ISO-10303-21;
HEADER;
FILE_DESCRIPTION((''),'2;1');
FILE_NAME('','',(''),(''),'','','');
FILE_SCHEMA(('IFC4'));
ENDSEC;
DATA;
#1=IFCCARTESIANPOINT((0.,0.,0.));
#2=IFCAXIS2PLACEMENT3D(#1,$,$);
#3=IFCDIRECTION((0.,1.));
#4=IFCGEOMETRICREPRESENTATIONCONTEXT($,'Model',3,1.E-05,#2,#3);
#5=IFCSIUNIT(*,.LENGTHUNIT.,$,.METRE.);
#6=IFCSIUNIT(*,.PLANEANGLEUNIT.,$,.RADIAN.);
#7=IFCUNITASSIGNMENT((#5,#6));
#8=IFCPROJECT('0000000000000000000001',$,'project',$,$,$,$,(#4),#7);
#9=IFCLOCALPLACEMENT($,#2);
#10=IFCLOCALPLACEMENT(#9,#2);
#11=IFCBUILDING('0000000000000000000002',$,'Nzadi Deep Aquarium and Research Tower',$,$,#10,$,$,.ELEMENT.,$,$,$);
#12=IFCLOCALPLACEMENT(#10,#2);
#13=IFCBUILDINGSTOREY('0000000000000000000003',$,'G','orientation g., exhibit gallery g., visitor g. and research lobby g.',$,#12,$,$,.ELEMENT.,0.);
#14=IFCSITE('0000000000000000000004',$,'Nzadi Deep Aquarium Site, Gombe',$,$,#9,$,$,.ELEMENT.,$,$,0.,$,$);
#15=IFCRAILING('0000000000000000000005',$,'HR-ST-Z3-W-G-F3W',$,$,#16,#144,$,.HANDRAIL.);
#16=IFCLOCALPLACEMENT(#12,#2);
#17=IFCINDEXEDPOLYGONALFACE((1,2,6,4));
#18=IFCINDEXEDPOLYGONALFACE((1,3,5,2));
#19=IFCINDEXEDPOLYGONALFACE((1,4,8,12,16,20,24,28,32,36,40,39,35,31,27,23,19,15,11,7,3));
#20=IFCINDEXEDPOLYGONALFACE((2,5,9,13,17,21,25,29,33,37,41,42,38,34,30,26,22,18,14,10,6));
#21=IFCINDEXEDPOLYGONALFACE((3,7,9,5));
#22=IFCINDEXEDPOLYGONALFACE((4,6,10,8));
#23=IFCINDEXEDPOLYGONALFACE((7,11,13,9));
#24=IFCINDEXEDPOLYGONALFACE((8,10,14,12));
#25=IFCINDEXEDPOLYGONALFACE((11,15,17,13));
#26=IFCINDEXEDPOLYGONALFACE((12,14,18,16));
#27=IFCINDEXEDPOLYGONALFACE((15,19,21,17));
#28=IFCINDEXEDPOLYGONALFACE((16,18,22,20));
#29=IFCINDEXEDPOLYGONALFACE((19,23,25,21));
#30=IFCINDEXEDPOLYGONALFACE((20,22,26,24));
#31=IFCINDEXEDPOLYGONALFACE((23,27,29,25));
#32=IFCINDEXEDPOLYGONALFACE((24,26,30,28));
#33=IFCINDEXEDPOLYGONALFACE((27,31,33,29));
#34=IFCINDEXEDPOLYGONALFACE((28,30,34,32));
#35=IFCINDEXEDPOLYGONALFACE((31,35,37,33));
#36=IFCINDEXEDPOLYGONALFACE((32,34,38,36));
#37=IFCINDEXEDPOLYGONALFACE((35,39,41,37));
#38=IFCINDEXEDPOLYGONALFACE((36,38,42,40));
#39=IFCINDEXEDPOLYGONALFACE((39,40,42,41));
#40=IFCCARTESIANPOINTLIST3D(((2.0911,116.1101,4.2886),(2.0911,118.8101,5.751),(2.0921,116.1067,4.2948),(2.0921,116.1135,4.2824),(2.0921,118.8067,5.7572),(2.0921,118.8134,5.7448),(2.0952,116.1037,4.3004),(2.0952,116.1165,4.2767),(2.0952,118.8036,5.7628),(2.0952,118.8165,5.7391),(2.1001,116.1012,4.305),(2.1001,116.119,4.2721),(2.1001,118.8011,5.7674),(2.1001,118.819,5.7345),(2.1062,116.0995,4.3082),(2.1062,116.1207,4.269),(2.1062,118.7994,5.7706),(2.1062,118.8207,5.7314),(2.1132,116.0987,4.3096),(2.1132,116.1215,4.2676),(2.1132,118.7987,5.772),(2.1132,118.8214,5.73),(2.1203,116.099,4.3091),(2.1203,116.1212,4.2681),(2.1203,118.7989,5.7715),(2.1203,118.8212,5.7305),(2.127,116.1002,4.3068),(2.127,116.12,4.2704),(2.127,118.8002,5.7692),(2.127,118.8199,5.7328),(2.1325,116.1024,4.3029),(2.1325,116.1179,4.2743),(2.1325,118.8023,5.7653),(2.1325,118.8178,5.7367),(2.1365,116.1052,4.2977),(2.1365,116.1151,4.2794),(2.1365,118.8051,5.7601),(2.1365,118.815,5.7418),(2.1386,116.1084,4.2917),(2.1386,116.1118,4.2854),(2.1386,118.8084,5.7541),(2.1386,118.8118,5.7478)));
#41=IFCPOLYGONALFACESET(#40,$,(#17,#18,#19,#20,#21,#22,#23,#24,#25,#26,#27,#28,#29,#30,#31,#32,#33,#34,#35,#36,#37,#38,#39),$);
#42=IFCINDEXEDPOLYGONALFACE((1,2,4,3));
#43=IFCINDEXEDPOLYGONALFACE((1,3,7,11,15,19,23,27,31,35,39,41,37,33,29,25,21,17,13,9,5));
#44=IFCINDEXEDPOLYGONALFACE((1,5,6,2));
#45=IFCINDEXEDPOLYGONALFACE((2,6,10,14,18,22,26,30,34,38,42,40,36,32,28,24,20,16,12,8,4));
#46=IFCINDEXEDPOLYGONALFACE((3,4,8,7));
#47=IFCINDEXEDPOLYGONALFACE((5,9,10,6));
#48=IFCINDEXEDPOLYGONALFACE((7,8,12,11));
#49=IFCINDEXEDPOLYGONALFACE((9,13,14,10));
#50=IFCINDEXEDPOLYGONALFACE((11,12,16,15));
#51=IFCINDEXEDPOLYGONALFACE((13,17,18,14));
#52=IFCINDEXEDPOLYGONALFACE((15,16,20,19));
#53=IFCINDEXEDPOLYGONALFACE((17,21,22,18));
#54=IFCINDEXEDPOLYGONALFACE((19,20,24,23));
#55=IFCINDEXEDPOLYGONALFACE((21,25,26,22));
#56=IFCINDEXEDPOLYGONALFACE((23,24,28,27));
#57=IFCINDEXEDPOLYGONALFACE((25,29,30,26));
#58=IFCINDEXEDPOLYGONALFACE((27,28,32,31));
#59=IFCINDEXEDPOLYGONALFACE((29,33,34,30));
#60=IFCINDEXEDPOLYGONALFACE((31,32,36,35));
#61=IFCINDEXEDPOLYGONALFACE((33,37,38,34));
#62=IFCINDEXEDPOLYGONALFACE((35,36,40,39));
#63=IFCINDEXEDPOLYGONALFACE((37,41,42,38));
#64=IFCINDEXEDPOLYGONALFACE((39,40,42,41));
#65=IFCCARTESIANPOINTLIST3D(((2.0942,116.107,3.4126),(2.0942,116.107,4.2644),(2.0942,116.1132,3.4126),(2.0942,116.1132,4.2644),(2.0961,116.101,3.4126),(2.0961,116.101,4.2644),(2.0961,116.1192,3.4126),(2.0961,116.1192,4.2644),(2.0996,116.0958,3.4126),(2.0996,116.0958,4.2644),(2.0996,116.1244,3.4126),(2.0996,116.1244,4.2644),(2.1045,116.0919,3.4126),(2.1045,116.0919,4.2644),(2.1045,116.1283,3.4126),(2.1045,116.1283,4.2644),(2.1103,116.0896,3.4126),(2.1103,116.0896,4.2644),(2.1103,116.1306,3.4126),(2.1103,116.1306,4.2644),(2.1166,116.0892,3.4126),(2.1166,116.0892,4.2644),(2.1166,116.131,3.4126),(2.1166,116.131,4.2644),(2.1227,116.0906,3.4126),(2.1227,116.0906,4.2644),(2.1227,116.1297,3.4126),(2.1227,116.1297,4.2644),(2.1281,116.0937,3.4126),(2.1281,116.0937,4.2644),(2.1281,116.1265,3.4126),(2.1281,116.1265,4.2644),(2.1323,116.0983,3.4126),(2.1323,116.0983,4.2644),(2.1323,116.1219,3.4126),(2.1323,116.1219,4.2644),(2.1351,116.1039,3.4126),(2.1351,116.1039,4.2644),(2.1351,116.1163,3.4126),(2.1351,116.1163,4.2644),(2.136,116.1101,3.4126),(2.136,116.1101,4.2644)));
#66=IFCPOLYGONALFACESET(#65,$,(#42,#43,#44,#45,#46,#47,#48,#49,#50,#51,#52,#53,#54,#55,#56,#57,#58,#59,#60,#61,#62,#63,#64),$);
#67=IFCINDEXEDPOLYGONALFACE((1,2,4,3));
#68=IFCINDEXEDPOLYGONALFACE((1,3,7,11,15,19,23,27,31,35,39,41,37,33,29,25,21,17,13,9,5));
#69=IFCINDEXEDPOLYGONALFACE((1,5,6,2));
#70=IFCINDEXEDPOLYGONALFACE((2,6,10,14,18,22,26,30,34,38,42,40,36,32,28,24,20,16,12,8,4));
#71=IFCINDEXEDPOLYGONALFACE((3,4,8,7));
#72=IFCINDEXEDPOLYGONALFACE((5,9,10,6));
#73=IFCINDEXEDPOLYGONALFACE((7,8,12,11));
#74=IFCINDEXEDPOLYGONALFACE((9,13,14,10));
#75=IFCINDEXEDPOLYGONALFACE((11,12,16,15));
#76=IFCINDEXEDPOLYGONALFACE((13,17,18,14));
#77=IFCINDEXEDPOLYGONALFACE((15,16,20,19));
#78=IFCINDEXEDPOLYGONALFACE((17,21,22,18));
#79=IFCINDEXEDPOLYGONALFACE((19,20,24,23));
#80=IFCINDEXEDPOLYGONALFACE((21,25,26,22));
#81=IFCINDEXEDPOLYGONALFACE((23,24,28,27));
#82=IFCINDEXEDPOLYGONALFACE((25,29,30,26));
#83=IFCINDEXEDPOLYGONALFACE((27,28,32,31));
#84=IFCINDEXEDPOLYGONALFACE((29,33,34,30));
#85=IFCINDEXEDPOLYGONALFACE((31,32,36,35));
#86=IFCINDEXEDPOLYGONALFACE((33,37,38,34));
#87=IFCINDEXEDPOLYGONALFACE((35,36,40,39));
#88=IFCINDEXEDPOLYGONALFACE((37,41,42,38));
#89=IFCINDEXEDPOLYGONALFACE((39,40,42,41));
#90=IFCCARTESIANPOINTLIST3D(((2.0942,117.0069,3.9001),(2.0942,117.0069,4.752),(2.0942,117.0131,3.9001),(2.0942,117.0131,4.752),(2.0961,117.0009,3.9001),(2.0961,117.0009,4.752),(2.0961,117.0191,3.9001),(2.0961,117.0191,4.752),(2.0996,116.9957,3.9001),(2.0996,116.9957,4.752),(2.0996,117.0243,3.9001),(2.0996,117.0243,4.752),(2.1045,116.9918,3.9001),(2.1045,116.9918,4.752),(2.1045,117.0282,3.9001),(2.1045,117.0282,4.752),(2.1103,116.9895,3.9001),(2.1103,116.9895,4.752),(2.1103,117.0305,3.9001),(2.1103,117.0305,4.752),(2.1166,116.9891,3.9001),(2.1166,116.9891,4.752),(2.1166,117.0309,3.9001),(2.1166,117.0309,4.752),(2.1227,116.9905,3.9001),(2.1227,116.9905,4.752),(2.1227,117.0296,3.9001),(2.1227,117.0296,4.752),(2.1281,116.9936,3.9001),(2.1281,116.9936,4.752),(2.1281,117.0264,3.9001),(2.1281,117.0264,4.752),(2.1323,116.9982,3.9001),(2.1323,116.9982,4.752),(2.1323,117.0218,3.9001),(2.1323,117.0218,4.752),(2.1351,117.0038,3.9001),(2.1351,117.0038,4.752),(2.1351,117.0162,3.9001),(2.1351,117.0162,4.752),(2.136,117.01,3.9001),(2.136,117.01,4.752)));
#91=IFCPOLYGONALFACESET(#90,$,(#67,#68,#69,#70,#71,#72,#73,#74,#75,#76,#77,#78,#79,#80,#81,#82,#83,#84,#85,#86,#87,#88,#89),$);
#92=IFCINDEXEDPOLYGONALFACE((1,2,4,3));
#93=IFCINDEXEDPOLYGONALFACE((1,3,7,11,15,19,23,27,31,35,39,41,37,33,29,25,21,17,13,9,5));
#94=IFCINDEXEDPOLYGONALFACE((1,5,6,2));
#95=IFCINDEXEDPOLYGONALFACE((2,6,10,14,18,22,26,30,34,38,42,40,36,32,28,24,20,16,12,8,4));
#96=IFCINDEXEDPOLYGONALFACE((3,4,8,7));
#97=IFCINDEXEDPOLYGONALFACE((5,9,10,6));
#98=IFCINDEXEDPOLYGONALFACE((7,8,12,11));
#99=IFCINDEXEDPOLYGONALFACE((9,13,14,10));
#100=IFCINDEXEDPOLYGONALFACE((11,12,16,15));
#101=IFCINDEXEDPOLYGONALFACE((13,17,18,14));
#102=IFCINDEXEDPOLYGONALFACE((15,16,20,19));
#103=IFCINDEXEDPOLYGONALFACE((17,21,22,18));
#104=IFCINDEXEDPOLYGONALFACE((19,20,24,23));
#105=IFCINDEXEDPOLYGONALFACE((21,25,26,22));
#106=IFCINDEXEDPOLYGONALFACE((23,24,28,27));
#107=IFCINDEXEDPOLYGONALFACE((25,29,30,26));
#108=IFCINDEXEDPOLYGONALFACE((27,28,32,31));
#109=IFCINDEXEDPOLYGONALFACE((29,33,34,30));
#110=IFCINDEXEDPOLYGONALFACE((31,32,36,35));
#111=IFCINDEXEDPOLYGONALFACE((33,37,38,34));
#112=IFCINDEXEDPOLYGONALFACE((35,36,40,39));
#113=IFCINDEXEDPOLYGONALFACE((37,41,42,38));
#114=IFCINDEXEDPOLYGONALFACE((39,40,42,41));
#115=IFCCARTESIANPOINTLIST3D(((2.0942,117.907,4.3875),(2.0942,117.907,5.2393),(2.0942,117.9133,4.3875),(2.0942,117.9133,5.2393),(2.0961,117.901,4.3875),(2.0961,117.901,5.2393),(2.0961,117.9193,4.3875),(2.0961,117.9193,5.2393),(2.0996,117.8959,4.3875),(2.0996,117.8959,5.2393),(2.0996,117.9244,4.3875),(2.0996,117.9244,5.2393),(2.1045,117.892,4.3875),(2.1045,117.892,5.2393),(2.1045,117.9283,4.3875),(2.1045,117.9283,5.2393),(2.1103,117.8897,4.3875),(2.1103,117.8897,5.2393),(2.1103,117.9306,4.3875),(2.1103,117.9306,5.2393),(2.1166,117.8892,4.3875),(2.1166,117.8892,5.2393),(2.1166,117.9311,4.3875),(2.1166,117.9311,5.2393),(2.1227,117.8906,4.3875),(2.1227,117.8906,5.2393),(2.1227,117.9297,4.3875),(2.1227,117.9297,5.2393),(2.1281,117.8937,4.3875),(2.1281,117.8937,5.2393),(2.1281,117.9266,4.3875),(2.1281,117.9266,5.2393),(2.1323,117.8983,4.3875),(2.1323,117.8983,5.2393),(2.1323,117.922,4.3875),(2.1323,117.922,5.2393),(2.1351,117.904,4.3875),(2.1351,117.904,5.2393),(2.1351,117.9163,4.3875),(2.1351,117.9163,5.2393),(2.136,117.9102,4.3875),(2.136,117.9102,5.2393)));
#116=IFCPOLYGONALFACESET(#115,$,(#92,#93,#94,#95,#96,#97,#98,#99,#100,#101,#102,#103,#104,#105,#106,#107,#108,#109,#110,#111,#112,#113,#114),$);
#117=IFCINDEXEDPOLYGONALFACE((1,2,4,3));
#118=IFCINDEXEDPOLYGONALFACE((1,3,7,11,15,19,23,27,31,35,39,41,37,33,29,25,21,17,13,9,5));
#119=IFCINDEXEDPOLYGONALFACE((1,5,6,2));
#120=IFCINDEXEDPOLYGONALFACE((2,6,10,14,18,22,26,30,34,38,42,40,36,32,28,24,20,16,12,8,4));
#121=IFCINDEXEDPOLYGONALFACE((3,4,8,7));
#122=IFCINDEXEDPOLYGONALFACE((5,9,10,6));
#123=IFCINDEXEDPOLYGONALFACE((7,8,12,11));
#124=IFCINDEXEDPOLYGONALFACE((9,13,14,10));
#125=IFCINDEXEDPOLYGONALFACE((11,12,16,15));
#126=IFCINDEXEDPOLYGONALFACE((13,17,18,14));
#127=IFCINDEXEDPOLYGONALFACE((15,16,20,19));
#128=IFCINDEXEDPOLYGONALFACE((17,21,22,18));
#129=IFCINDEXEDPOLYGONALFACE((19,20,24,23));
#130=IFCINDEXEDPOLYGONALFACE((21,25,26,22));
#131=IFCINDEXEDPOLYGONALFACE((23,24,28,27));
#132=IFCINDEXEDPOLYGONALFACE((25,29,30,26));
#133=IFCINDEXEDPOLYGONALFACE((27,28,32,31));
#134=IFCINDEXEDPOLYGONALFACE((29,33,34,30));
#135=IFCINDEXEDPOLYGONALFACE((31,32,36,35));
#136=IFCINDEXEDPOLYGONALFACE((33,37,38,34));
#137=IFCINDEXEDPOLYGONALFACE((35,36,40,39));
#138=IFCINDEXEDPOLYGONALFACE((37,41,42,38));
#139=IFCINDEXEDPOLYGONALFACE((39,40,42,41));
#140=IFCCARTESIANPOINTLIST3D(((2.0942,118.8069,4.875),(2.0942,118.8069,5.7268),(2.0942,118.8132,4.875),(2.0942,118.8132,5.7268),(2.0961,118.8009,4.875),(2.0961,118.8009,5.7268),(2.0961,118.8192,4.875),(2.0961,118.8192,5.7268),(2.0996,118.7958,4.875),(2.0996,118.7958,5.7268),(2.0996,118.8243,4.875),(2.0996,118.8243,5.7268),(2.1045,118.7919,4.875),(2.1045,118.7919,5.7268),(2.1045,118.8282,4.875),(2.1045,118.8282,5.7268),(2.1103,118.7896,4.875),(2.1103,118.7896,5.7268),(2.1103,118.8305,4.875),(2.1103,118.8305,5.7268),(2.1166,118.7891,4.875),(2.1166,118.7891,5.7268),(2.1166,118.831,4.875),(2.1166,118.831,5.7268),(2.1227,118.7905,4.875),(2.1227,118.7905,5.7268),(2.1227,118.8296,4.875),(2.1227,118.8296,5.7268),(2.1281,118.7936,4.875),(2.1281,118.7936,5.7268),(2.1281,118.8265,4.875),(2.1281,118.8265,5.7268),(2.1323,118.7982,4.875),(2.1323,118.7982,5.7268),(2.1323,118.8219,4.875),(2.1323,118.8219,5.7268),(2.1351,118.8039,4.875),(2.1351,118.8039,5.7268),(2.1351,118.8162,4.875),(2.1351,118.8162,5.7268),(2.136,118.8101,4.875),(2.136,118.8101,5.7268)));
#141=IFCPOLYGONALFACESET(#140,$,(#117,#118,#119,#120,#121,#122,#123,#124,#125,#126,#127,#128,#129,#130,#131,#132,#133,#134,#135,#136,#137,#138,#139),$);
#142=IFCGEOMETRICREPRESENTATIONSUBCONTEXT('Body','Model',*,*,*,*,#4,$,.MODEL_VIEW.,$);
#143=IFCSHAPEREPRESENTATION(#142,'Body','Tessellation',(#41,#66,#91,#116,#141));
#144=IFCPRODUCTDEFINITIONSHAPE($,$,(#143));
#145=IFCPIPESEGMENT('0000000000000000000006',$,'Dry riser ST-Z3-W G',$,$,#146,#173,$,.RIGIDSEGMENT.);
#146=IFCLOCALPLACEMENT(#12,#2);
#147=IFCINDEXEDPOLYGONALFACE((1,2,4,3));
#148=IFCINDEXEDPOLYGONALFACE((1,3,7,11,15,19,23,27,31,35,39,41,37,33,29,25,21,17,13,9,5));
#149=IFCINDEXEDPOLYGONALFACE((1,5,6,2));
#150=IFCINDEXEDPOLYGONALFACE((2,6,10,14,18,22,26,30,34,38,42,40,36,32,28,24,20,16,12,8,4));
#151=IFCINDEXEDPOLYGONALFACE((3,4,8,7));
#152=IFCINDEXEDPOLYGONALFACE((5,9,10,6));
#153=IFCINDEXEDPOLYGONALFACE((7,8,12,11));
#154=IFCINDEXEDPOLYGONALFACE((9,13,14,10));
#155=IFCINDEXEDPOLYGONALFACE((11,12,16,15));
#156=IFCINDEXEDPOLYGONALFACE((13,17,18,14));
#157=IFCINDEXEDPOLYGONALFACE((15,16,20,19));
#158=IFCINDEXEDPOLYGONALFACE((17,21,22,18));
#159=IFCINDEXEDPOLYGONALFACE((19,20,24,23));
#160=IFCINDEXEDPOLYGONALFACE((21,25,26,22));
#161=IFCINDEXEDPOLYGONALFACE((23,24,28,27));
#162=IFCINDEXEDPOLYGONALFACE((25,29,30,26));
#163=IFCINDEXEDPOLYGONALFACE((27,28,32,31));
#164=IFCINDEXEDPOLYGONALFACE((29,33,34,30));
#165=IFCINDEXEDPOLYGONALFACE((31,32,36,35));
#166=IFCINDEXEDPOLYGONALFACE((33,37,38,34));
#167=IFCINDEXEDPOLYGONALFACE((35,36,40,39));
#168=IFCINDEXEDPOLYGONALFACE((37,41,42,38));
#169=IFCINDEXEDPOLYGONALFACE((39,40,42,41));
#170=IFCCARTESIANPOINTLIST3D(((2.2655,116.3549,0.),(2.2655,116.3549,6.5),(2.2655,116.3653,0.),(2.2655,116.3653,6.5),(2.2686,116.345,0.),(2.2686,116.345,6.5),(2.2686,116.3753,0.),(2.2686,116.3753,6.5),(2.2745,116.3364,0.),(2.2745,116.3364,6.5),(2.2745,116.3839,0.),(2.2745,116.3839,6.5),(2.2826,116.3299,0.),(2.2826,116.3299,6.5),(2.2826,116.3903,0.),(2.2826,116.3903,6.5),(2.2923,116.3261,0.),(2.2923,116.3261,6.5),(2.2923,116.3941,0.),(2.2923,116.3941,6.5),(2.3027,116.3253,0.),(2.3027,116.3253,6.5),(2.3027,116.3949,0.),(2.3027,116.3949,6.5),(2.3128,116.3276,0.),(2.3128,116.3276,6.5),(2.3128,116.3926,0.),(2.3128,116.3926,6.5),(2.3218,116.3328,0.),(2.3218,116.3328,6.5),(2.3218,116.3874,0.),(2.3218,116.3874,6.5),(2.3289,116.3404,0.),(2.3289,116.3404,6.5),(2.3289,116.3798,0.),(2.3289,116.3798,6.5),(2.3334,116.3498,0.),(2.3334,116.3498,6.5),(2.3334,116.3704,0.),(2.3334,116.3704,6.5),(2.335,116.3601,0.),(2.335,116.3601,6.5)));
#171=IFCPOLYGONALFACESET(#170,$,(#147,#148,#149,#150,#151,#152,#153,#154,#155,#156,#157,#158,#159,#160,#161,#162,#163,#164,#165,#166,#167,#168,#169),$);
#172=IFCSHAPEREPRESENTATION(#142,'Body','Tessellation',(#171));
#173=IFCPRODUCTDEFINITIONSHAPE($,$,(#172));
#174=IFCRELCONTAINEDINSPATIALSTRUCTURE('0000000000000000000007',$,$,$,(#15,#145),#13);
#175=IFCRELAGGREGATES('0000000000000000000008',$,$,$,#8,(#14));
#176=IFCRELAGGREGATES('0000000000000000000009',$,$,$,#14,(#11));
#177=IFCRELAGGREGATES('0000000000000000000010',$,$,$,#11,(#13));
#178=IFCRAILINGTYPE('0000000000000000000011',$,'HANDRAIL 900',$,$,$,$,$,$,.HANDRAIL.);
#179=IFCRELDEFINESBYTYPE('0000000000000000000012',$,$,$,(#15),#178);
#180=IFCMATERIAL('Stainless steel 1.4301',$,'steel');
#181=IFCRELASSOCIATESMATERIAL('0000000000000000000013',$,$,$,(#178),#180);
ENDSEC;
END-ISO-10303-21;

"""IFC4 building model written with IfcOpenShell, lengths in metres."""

from ifc_helpers import new_model, si_unit, direction, frame, origin, origin_2d, place, context, subcontext, project, spatial, circle, extrude, material, type_object, element, save


model = new_model("IFC4")

# Units and contexts
model_context = context("Model", 3, precision=1e-05, world=origin(), true_north=direction((0.0, 1.0)))
body_context = subcontext(model_context, "Body", "Model", "MODEL_VIEW")
ifc_project = project(units=[si_unit("LENGTHUNIT", "METRE"), si_unit("PLANEANGLEUNIT", "RADIAN")], contexts=[model_context])

# Site, building, storey
site_placement = place(None, origin())
site = spatial("IfcSite", under=ifc_project, at=site_placement, Name="Nzadi Deep Aquarium Site, Gombe", CompositionType="ELEMENT", RefElevation=0.0)
building_placement = place(site_placement, origin())
building = spatial("IfcBuilding", under=site, at=building_placement, Name="Nzadi Deep Aquarium and Research Tower", CompositionType="ELEMENT")
storey_placement = place(building_placement, origin())
storey = spatial("IfcBuildingStorey", under=building, at=storey_placement, Name="G", Description="orientation g., exhibit gallery g., visitor g. and research lobby g.", CompositionType="ELEMENT", Elevation=0.0)

# Railing
ifc_material_1 = material(Name="Stainless steel 1.4301", Category="steel")
railing_type = type_object("IfcRailingType", Name="HANDRAIL 900", PredefinedType="HANDRAIL", material=ifc_material_1)
for number, where, name in (
    (1, (2.115, 116.1101, 3.4126), "HR-ST-Z3-W-G-F3W"),
):
    element("IfcRailing", number, at=place(storey_placement, frame(where)), inside=storey, type_object=railing_type, Name=name, PredefinedType="HANDRAIL", context=body_context, shape_type="SweptSolid", body=[
        extrude(circle(Radius=0.0239, at=origin_2d()), frame((0.0, 0.0, 0.876), z_axis=(0.0, 0.879302, 0.476265), x_axis=(-1.0, 0.0, 0.0)), (0.0, 0.0, 1.0), 3.0706),
        extrude(circle(Radius=0.021, at=origin_2d()), origin(), (0.0, 0.0, 1.0), 0.8518),
        extrude(circle(Radius=0.021, at=origin_2d()), frame((0.0, 0.8999, 0.4875)), (0.0, 0.0, 1.0), 0.8518),
        extrude(circle(Radius=0.021, at=origin_2d()), frame((0.0, 1.8, 0.9749)), (0.0, 0.0, 1.0), 0.8518),
        extrude(circle(Radius=0.021, at=origin_2d()), frame((0.0, 2.7, 1.4624)), (0.0, 0.0, 1.0), 0.8518),
    ])

# Pipe segment
pipe_segment_placement = place(storey_placement, frame((2.3, 116.3601, 0.0), z_axis=(0.0, 0.0, 1.0), x_axis=(1.0, 0.0, 0.0)))
element("IfcPipeSegment", 2, at=pipe_segment_placement, inside=storey, Name="Dry riser ST-Z3-W G", PredefinedType="RIGIDSEGMENT", context=body_context, shape_type="SweptSolid", body=[
    extrude(circle(Radius=0.0349, at=origin_2d()), origin(), (0.0, 0.0, 1.0), 6.5),
])

save(model, "model.ifc")
